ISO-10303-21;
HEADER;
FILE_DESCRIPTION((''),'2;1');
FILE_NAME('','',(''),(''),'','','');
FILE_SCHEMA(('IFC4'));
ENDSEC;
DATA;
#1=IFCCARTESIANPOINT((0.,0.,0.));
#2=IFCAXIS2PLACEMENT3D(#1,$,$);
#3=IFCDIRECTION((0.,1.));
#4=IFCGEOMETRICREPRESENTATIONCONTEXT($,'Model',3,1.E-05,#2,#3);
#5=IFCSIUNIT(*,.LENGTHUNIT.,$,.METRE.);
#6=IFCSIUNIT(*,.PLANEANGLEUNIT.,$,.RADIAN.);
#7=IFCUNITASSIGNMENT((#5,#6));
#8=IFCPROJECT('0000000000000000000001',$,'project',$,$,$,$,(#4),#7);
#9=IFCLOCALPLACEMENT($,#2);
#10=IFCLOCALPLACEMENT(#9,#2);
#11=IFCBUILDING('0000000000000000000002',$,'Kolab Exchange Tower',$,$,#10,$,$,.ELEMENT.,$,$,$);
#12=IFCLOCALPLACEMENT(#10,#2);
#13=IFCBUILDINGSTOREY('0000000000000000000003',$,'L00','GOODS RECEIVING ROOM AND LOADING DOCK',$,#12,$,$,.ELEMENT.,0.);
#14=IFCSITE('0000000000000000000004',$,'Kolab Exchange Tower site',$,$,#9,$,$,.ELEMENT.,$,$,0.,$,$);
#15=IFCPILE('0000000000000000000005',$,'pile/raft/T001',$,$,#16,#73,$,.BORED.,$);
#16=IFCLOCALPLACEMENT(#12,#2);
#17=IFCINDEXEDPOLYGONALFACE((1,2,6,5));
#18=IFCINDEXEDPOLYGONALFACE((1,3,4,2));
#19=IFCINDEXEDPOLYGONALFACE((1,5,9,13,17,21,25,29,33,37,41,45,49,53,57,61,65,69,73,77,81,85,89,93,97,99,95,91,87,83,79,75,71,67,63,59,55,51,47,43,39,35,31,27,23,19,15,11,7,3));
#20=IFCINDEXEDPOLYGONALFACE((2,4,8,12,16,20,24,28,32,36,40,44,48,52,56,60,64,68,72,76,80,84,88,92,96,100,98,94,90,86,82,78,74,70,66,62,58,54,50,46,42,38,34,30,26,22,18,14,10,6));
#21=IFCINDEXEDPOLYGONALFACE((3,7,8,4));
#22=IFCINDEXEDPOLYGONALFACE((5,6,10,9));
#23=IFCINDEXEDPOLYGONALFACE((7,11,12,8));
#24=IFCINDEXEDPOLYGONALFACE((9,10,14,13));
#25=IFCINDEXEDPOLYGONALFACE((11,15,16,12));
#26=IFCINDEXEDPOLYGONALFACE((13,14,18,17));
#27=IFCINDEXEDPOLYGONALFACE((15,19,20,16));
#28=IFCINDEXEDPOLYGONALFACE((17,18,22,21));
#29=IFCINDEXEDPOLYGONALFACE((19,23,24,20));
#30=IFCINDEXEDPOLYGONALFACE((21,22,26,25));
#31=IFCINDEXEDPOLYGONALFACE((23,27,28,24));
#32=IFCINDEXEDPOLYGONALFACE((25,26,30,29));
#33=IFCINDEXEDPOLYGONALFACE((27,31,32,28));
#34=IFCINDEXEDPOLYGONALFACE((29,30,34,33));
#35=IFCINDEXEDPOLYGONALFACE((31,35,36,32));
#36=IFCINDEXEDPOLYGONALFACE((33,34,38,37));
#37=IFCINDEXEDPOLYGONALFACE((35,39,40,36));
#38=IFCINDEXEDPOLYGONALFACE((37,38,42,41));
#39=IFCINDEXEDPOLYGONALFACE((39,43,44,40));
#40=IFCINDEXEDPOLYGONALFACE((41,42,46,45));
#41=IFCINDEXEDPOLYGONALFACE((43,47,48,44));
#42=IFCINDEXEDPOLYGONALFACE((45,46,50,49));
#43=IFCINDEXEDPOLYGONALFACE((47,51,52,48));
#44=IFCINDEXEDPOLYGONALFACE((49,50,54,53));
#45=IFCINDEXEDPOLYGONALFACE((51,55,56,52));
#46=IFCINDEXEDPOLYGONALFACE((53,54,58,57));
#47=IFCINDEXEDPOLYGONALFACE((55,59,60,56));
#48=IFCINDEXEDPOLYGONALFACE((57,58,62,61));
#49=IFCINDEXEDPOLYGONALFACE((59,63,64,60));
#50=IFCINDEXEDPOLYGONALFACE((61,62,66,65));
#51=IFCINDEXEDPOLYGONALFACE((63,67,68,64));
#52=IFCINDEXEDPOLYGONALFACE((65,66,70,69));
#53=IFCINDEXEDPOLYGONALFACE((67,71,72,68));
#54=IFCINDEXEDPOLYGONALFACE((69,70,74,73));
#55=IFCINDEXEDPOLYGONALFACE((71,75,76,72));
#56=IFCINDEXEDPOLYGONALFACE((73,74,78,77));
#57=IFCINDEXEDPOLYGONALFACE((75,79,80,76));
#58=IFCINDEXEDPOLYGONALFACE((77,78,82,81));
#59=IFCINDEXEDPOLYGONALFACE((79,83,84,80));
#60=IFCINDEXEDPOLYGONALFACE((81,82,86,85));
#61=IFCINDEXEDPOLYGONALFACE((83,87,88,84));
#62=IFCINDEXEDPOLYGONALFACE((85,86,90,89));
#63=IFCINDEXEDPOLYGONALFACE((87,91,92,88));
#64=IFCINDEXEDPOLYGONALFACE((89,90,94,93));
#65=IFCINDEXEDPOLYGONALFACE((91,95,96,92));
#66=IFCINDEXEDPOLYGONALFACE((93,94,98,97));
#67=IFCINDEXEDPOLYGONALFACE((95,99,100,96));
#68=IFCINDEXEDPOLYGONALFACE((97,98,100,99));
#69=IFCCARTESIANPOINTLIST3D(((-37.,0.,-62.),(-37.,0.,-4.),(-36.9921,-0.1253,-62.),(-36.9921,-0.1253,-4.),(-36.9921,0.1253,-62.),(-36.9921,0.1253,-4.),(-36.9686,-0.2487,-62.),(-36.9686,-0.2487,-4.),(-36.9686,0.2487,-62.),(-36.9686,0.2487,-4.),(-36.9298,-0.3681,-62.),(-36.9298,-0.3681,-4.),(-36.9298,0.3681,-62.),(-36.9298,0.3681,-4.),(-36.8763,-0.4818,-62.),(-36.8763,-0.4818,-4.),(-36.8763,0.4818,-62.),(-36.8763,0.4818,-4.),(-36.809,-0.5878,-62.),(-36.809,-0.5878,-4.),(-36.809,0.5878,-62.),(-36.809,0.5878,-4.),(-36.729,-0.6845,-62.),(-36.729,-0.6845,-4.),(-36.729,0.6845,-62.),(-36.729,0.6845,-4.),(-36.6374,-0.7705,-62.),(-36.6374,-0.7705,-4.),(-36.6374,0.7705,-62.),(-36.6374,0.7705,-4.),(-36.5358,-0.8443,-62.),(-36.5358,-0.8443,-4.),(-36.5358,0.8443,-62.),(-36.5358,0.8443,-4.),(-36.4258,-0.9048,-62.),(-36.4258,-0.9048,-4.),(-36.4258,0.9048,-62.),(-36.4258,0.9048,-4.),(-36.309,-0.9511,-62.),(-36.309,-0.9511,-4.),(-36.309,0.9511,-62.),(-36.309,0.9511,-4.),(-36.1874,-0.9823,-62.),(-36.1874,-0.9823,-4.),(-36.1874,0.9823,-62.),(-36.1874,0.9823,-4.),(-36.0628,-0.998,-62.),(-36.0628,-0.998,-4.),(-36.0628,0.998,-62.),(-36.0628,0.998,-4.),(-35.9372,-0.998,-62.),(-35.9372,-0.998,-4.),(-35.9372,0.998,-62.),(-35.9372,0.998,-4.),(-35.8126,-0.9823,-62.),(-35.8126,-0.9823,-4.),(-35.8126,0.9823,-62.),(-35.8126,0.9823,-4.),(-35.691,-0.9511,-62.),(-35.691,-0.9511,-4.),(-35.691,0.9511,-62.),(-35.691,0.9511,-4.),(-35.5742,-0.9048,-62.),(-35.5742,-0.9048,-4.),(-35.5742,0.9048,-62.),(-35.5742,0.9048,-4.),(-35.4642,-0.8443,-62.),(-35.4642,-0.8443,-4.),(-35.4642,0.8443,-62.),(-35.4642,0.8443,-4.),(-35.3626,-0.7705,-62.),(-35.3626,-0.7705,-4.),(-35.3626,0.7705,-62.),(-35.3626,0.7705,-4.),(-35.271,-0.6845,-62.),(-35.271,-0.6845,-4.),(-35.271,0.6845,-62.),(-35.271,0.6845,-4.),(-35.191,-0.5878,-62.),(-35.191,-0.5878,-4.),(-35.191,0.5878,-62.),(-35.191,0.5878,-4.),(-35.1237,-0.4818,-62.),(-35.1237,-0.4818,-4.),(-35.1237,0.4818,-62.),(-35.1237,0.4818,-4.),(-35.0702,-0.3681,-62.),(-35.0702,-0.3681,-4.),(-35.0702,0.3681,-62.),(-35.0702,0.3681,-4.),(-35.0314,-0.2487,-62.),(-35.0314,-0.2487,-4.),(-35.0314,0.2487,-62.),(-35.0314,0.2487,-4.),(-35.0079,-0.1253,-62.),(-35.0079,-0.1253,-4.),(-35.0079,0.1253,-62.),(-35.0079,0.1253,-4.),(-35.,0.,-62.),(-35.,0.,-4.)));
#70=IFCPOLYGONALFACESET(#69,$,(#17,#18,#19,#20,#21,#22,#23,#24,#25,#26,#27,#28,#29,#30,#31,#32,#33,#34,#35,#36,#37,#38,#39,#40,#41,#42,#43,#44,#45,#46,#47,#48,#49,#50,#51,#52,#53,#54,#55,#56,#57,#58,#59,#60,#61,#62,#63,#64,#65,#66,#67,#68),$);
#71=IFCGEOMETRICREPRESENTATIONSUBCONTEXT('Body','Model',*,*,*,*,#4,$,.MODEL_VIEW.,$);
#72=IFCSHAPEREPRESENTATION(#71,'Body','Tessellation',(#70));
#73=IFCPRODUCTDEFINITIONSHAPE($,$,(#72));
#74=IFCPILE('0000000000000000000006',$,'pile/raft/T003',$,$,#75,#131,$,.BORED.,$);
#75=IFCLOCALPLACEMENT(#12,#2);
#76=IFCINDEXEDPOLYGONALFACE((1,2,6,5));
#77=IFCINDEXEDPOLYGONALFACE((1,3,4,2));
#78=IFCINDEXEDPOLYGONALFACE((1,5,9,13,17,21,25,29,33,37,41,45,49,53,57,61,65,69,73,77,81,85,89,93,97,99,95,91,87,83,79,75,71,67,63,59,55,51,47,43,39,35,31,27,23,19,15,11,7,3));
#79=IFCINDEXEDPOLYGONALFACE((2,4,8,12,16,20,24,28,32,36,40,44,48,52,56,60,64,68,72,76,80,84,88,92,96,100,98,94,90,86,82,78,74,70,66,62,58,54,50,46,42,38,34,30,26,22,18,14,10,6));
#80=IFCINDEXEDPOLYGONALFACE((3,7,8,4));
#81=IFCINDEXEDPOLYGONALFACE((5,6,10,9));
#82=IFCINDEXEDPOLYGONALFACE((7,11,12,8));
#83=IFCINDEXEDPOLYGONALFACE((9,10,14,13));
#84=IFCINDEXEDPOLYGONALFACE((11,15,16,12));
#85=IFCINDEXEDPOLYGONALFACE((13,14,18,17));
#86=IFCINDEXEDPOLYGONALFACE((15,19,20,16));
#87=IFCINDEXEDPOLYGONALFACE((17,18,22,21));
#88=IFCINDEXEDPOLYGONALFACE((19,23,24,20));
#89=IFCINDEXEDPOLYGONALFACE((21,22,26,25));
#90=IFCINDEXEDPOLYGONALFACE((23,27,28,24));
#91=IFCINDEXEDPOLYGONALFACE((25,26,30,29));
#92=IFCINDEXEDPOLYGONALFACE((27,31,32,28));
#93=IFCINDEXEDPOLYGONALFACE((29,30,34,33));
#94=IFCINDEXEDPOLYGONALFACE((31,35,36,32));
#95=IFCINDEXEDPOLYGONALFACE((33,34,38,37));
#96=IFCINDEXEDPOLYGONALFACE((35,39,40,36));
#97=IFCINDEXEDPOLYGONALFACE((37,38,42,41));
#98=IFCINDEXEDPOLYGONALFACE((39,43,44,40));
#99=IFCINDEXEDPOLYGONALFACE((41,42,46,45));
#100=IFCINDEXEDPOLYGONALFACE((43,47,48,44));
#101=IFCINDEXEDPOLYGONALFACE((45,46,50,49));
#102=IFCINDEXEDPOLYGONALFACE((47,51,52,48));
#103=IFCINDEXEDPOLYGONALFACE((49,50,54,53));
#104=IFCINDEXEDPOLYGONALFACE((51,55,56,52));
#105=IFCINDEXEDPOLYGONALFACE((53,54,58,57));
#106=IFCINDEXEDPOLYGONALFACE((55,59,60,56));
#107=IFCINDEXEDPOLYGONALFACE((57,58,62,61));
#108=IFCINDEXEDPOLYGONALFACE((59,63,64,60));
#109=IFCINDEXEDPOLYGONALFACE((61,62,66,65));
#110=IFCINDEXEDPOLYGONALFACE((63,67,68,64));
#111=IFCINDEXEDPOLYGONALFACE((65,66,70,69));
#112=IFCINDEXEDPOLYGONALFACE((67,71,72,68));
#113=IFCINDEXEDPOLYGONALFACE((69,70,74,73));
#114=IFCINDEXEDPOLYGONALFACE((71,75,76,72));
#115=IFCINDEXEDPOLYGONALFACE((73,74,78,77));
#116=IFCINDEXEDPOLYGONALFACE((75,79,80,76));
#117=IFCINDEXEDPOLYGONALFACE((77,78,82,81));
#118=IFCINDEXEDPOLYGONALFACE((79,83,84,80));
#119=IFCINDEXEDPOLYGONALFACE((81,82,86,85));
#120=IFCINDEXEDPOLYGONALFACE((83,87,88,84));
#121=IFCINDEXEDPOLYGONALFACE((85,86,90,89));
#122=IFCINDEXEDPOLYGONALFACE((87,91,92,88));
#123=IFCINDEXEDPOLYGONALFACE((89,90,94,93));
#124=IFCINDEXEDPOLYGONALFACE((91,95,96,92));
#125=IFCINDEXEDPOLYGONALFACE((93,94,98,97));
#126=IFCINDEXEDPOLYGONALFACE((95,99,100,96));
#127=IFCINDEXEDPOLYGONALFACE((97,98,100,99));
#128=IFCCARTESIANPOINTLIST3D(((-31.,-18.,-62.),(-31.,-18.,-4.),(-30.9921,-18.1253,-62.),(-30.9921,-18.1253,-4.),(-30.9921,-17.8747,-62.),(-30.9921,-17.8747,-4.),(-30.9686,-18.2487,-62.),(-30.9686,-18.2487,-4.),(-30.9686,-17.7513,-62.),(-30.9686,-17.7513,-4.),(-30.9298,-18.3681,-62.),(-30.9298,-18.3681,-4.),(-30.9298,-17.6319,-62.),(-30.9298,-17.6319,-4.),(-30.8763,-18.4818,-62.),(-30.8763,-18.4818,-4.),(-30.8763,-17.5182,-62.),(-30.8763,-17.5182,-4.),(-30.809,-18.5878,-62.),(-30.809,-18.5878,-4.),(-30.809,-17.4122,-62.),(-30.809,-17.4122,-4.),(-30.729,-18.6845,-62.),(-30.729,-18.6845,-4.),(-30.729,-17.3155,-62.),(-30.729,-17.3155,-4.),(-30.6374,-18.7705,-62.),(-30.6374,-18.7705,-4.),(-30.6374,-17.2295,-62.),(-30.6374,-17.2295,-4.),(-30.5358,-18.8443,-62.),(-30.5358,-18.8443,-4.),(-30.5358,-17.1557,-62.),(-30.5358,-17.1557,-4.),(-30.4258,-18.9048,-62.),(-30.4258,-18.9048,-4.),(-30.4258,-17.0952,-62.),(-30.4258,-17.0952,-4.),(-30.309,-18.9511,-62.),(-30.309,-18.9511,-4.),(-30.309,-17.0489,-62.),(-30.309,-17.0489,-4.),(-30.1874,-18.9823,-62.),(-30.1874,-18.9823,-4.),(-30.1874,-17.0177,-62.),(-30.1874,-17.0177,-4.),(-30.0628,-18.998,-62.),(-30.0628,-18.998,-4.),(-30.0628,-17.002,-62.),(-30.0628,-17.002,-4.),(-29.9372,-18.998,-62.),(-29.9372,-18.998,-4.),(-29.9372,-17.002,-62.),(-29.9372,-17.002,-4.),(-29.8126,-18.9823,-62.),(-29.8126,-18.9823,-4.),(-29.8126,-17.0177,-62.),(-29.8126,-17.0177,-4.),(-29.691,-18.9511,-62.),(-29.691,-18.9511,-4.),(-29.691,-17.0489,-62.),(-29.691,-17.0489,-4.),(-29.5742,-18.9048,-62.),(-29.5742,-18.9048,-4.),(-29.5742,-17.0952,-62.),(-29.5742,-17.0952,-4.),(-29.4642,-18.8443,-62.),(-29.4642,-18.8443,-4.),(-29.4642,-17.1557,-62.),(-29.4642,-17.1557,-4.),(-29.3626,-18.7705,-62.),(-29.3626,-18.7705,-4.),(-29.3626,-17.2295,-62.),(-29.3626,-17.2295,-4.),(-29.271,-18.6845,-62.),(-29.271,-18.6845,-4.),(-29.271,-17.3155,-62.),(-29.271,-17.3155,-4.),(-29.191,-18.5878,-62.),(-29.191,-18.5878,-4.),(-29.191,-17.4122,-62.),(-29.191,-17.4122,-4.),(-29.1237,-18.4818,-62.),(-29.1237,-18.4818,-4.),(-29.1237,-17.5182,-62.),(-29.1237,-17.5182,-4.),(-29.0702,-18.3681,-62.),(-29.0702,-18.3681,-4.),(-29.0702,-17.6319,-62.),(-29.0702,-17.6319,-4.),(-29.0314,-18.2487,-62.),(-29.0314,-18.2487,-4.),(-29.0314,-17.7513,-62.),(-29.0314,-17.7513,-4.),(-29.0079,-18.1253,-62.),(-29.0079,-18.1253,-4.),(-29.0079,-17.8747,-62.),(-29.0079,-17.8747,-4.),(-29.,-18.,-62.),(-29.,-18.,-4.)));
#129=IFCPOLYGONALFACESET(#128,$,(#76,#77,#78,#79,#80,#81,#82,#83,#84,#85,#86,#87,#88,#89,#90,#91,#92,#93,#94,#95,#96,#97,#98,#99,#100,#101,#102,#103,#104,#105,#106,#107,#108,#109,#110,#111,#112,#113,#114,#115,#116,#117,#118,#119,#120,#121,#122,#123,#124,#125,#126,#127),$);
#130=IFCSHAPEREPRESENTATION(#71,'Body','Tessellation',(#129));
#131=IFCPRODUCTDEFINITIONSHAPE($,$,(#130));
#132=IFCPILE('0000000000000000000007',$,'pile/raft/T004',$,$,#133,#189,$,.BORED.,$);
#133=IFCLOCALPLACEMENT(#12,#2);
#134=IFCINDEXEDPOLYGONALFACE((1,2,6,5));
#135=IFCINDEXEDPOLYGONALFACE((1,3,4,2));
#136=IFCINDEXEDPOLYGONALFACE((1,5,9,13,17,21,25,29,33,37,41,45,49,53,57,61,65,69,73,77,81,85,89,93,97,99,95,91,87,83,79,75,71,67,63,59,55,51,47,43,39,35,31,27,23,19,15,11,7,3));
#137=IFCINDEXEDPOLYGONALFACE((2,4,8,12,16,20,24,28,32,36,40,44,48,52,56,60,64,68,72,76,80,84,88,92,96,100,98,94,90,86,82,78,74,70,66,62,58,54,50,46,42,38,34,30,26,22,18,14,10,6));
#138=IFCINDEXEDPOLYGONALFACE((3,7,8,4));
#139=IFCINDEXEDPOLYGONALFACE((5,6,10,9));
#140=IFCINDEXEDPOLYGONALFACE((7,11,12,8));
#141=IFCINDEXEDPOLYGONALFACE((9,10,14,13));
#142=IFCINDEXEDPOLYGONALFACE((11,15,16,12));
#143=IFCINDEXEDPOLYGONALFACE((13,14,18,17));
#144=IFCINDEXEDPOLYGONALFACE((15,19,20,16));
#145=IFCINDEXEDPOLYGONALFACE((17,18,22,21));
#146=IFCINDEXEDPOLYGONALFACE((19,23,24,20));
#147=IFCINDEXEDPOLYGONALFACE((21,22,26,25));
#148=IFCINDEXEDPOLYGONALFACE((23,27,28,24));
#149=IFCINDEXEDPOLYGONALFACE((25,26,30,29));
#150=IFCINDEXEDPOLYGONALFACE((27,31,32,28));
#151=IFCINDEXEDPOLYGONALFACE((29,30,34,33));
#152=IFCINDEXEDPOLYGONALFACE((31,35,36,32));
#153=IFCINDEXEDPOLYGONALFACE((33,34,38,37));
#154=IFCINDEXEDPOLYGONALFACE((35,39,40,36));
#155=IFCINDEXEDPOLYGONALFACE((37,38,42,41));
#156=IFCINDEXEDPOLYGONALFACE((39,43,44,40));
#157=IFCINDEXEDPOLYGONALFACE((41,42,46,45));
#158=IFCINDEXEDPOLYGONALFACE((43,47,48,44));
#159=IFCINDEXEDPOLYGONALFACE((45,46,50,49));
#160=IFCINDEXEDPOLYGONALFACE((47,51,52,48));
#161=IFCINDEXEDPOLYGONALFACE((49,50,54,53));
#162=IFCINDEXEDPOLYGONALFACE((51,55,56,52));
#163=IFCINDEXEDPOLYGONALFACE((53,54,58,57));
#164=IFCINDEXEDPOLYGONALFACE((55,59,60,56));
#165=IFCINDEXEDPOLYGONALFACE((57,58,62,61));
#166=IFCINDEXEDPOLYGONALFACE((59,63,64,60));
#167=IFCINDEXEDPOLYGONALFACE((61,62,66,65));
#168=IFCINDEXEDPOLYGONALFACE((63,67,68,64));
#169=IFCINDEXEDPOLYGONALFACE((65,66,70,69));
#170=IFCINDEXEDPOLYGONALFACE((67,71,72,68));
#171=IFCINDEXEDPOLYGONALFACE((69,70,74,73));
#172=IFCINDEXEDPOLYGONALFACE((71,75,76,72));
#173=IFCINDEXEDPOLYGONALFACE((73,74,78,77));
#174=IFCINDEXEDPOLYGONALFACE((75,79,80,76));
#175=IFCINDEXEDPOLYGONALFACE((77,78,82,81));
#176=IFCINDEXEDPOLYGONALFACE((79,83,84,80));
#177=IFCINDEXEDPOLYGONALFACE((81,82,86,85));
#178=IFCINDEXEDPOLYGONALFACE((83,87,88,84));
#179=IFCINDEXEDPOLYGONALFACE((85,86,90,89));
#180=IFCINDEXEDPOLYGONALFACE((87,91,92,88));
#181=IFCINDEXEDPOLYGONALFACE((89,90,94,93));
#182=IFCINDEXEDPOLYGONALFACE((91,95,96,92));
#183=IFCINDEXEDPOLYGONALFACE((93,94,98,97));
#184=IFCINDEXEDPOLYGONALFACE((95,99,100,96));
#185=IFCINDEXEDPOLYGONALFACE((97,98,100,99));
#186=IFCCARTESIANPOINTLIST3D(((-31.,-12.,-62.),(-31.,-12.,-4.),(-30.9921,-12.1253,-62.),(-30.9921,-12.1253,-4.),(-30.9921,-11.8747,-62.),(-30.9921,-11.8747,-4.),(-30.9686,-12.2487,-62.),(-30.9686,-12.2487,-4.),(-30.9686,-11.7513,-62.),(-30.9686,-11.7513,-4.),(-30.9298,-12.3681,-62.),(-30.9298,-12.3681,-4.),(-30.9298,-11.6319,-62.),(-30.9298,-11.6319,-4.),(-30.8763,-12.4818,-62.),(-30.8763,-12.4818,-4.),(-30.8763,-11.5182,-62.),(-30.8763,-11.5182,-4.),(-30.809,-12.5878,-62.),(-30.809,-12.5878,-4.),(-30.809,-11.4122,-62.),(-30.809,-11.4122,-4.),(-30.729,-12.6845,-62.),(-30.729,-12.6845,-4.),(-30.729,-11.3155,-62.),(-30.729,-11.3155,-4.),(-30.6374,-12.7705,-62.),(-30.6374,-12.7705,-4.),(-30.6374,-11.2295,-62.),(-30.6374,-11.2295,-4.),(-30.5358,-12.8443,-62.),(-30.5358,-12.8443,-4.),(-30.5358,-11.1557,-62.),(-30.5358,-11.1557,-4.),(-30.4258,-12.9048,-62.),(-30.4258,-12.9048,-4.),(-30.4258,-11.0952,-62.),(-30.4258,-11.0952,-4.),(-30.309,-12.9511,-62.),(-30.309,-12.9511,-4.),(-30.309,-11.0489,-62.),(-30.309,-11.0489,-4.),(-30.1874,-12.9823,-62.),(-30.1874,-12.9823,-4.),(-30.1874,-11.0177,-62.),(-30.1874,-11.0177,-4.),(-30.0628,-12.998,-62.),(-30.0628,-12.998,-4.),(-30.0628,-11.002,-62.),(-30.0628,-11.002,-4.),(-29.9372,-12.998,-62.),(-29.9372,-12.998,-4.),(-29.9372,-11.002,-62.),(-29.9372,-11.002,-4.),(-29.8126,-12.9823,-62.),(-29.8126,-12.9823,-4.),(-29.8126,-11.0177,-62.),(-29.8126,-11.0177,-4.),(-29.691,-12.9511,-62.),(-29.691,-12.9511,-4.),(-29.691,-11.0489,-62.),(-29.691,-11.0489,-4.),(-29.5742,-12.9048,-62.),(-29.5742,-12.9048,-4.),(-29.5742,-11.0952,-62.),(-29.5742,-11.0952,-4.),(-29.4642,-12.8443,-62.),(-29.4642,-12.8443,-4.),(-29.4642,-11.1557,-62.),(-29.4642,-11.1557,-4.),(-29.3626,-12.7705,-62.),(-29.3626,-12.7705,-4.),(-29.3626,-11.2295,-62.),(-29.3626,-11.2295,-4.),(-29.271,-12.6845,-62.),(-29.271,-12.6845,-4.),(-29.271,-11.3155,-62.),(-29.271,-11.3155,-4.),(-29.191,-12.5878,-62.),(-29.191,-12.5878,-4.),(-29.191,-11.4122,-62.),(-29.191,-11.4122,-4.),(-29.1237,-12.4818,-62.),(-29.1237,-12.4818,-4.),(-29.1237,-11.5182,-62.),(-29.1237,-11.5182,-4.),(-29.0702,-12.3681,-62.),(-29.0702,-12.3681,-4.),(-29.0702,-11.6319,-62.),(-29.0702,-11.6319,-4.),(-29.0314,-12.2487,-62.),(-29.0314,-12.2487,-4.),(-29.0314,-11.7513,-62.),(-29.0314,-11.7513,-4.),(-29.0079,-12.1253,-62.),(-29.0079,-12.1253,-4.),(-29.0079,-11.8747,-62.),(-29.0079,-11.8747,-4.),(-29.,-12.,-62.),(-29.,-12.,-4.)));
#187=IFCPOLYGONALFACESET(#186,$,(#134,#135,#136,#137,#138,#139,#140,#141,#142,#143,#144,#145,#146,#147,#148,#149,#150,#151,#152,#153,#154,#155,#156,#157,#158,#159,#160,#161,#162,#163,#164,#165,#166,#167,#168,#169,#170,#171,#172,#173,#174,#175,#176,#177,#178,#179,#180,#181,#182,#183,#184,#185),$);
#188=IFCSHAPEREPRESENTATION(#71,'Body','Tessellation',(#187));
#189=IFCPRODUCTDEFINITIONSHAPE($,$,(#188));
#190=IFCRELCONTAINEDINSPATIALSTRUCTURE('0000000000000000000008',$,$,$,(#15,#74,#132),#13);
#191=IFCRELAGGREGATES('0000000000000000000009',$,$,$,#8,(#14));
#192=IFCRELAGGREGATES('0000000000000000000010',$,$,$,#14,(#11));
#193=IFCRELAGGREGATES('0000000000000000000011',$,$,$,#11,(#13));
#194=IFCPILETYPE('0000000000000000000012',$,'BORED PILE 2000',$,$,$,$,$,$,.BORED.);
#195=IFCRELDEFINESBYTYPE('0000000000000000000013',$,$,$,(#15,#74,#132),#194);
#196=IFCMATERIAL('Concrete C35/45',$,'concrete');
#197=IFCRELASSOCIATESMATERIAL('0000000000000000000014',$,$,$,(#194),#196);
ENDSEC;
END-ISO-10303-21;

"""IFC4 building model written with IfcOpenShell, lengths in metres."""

from ifc_helpers import new_model, si_unit, direction, frame, origin, origin_2d, place, context, subcontext, project, spatial, circle, extrude, material, material_profile, profile_set, type_object, element, save


model = new_model("IFC4")

# Units and contexts
model_context = context("Model", 3, precision=1e-05, world=origin(), true_north=direction((0.0, 1.0)))
body_context = subcontext(model_context, "Body", "Model", "MODEL_VIEW")
ifc_project = project(units=[si_unit("LENGTHUNIT", "METRE"), si_unit("PLANEANGLEUNIT", "RADIAN")], contexts=[model_context])

# Site, building, storey
site_placement = place(None, origin())
site = spatial("IfcSite", under=ifc_project, at=site_placement, Name="Kolab Exchange Tower site", CompositionType="ELEMENT", RefElevation=0.0)
building_placement = place(site_placement, origin())
building = spatial("IfcBuilding", under=site, at=building_placement, Name="Kolab Exchange Tower", CompositionType="ELEMENT")
storey_placement = place(building_placement, origin())
storey = spatial("IfcBuildingStorey", under=building, at=storey_placement, Name="L00", Description="GOODS RECEIVING ROOM AND LOADING DOCK", CompositionType="ELEMENT", Elevation=0.0)

# Piles
ifc_material_1 = material(Name="Concrete C35/45", Category="concrete")
ifc_material_profile_1 = material_profile(ifc_material_1, circle(Radius=1.0, at=origin_2d()), Name="BP2000")
ifc_profile_set_1 = profile_set([ifc_material_profile_1], Name="Concrete C35/45")
pile_type_1 = type_object("IfcPileType", Name="BORED PILE 2000", PredefinedType="BORED", material=ifc_profile_set_1)
for number, where, z_axis, x_axis, name in (
    (1, (-36.0, 0.0, -4.0), (0.0, 0.0, -1.0), (1.0, 0.0, 0.0), "pile/raft/T001"),
    (2, (-30.0, -18.0, -4.0), (0.0, 0.0, -1.0), (1.0, 0.0, 0.0), "pile/raft/T003"),
    (3, (-30.0, -12.0, -4.0), (0.0, 0.0, -1.0), (1.0, 0.0, 0.0), "pile/raft/T004"),
):
    element("IfcPile", number, at=place(storey_placement, frame(where, z_axis=z_axis, x_axis=x_axis)), inside=storey, type_object=pile_type_1, Name=name, PredefinedType="BORED", context=body_context, shape_type="SweptSolid", body=[
        extrude(circle(Radius=1.0, at=origin_2d()), origin(), (0.0, 0.0, 1.0), 58.0),
    ])

save(model, "model.ifc")
